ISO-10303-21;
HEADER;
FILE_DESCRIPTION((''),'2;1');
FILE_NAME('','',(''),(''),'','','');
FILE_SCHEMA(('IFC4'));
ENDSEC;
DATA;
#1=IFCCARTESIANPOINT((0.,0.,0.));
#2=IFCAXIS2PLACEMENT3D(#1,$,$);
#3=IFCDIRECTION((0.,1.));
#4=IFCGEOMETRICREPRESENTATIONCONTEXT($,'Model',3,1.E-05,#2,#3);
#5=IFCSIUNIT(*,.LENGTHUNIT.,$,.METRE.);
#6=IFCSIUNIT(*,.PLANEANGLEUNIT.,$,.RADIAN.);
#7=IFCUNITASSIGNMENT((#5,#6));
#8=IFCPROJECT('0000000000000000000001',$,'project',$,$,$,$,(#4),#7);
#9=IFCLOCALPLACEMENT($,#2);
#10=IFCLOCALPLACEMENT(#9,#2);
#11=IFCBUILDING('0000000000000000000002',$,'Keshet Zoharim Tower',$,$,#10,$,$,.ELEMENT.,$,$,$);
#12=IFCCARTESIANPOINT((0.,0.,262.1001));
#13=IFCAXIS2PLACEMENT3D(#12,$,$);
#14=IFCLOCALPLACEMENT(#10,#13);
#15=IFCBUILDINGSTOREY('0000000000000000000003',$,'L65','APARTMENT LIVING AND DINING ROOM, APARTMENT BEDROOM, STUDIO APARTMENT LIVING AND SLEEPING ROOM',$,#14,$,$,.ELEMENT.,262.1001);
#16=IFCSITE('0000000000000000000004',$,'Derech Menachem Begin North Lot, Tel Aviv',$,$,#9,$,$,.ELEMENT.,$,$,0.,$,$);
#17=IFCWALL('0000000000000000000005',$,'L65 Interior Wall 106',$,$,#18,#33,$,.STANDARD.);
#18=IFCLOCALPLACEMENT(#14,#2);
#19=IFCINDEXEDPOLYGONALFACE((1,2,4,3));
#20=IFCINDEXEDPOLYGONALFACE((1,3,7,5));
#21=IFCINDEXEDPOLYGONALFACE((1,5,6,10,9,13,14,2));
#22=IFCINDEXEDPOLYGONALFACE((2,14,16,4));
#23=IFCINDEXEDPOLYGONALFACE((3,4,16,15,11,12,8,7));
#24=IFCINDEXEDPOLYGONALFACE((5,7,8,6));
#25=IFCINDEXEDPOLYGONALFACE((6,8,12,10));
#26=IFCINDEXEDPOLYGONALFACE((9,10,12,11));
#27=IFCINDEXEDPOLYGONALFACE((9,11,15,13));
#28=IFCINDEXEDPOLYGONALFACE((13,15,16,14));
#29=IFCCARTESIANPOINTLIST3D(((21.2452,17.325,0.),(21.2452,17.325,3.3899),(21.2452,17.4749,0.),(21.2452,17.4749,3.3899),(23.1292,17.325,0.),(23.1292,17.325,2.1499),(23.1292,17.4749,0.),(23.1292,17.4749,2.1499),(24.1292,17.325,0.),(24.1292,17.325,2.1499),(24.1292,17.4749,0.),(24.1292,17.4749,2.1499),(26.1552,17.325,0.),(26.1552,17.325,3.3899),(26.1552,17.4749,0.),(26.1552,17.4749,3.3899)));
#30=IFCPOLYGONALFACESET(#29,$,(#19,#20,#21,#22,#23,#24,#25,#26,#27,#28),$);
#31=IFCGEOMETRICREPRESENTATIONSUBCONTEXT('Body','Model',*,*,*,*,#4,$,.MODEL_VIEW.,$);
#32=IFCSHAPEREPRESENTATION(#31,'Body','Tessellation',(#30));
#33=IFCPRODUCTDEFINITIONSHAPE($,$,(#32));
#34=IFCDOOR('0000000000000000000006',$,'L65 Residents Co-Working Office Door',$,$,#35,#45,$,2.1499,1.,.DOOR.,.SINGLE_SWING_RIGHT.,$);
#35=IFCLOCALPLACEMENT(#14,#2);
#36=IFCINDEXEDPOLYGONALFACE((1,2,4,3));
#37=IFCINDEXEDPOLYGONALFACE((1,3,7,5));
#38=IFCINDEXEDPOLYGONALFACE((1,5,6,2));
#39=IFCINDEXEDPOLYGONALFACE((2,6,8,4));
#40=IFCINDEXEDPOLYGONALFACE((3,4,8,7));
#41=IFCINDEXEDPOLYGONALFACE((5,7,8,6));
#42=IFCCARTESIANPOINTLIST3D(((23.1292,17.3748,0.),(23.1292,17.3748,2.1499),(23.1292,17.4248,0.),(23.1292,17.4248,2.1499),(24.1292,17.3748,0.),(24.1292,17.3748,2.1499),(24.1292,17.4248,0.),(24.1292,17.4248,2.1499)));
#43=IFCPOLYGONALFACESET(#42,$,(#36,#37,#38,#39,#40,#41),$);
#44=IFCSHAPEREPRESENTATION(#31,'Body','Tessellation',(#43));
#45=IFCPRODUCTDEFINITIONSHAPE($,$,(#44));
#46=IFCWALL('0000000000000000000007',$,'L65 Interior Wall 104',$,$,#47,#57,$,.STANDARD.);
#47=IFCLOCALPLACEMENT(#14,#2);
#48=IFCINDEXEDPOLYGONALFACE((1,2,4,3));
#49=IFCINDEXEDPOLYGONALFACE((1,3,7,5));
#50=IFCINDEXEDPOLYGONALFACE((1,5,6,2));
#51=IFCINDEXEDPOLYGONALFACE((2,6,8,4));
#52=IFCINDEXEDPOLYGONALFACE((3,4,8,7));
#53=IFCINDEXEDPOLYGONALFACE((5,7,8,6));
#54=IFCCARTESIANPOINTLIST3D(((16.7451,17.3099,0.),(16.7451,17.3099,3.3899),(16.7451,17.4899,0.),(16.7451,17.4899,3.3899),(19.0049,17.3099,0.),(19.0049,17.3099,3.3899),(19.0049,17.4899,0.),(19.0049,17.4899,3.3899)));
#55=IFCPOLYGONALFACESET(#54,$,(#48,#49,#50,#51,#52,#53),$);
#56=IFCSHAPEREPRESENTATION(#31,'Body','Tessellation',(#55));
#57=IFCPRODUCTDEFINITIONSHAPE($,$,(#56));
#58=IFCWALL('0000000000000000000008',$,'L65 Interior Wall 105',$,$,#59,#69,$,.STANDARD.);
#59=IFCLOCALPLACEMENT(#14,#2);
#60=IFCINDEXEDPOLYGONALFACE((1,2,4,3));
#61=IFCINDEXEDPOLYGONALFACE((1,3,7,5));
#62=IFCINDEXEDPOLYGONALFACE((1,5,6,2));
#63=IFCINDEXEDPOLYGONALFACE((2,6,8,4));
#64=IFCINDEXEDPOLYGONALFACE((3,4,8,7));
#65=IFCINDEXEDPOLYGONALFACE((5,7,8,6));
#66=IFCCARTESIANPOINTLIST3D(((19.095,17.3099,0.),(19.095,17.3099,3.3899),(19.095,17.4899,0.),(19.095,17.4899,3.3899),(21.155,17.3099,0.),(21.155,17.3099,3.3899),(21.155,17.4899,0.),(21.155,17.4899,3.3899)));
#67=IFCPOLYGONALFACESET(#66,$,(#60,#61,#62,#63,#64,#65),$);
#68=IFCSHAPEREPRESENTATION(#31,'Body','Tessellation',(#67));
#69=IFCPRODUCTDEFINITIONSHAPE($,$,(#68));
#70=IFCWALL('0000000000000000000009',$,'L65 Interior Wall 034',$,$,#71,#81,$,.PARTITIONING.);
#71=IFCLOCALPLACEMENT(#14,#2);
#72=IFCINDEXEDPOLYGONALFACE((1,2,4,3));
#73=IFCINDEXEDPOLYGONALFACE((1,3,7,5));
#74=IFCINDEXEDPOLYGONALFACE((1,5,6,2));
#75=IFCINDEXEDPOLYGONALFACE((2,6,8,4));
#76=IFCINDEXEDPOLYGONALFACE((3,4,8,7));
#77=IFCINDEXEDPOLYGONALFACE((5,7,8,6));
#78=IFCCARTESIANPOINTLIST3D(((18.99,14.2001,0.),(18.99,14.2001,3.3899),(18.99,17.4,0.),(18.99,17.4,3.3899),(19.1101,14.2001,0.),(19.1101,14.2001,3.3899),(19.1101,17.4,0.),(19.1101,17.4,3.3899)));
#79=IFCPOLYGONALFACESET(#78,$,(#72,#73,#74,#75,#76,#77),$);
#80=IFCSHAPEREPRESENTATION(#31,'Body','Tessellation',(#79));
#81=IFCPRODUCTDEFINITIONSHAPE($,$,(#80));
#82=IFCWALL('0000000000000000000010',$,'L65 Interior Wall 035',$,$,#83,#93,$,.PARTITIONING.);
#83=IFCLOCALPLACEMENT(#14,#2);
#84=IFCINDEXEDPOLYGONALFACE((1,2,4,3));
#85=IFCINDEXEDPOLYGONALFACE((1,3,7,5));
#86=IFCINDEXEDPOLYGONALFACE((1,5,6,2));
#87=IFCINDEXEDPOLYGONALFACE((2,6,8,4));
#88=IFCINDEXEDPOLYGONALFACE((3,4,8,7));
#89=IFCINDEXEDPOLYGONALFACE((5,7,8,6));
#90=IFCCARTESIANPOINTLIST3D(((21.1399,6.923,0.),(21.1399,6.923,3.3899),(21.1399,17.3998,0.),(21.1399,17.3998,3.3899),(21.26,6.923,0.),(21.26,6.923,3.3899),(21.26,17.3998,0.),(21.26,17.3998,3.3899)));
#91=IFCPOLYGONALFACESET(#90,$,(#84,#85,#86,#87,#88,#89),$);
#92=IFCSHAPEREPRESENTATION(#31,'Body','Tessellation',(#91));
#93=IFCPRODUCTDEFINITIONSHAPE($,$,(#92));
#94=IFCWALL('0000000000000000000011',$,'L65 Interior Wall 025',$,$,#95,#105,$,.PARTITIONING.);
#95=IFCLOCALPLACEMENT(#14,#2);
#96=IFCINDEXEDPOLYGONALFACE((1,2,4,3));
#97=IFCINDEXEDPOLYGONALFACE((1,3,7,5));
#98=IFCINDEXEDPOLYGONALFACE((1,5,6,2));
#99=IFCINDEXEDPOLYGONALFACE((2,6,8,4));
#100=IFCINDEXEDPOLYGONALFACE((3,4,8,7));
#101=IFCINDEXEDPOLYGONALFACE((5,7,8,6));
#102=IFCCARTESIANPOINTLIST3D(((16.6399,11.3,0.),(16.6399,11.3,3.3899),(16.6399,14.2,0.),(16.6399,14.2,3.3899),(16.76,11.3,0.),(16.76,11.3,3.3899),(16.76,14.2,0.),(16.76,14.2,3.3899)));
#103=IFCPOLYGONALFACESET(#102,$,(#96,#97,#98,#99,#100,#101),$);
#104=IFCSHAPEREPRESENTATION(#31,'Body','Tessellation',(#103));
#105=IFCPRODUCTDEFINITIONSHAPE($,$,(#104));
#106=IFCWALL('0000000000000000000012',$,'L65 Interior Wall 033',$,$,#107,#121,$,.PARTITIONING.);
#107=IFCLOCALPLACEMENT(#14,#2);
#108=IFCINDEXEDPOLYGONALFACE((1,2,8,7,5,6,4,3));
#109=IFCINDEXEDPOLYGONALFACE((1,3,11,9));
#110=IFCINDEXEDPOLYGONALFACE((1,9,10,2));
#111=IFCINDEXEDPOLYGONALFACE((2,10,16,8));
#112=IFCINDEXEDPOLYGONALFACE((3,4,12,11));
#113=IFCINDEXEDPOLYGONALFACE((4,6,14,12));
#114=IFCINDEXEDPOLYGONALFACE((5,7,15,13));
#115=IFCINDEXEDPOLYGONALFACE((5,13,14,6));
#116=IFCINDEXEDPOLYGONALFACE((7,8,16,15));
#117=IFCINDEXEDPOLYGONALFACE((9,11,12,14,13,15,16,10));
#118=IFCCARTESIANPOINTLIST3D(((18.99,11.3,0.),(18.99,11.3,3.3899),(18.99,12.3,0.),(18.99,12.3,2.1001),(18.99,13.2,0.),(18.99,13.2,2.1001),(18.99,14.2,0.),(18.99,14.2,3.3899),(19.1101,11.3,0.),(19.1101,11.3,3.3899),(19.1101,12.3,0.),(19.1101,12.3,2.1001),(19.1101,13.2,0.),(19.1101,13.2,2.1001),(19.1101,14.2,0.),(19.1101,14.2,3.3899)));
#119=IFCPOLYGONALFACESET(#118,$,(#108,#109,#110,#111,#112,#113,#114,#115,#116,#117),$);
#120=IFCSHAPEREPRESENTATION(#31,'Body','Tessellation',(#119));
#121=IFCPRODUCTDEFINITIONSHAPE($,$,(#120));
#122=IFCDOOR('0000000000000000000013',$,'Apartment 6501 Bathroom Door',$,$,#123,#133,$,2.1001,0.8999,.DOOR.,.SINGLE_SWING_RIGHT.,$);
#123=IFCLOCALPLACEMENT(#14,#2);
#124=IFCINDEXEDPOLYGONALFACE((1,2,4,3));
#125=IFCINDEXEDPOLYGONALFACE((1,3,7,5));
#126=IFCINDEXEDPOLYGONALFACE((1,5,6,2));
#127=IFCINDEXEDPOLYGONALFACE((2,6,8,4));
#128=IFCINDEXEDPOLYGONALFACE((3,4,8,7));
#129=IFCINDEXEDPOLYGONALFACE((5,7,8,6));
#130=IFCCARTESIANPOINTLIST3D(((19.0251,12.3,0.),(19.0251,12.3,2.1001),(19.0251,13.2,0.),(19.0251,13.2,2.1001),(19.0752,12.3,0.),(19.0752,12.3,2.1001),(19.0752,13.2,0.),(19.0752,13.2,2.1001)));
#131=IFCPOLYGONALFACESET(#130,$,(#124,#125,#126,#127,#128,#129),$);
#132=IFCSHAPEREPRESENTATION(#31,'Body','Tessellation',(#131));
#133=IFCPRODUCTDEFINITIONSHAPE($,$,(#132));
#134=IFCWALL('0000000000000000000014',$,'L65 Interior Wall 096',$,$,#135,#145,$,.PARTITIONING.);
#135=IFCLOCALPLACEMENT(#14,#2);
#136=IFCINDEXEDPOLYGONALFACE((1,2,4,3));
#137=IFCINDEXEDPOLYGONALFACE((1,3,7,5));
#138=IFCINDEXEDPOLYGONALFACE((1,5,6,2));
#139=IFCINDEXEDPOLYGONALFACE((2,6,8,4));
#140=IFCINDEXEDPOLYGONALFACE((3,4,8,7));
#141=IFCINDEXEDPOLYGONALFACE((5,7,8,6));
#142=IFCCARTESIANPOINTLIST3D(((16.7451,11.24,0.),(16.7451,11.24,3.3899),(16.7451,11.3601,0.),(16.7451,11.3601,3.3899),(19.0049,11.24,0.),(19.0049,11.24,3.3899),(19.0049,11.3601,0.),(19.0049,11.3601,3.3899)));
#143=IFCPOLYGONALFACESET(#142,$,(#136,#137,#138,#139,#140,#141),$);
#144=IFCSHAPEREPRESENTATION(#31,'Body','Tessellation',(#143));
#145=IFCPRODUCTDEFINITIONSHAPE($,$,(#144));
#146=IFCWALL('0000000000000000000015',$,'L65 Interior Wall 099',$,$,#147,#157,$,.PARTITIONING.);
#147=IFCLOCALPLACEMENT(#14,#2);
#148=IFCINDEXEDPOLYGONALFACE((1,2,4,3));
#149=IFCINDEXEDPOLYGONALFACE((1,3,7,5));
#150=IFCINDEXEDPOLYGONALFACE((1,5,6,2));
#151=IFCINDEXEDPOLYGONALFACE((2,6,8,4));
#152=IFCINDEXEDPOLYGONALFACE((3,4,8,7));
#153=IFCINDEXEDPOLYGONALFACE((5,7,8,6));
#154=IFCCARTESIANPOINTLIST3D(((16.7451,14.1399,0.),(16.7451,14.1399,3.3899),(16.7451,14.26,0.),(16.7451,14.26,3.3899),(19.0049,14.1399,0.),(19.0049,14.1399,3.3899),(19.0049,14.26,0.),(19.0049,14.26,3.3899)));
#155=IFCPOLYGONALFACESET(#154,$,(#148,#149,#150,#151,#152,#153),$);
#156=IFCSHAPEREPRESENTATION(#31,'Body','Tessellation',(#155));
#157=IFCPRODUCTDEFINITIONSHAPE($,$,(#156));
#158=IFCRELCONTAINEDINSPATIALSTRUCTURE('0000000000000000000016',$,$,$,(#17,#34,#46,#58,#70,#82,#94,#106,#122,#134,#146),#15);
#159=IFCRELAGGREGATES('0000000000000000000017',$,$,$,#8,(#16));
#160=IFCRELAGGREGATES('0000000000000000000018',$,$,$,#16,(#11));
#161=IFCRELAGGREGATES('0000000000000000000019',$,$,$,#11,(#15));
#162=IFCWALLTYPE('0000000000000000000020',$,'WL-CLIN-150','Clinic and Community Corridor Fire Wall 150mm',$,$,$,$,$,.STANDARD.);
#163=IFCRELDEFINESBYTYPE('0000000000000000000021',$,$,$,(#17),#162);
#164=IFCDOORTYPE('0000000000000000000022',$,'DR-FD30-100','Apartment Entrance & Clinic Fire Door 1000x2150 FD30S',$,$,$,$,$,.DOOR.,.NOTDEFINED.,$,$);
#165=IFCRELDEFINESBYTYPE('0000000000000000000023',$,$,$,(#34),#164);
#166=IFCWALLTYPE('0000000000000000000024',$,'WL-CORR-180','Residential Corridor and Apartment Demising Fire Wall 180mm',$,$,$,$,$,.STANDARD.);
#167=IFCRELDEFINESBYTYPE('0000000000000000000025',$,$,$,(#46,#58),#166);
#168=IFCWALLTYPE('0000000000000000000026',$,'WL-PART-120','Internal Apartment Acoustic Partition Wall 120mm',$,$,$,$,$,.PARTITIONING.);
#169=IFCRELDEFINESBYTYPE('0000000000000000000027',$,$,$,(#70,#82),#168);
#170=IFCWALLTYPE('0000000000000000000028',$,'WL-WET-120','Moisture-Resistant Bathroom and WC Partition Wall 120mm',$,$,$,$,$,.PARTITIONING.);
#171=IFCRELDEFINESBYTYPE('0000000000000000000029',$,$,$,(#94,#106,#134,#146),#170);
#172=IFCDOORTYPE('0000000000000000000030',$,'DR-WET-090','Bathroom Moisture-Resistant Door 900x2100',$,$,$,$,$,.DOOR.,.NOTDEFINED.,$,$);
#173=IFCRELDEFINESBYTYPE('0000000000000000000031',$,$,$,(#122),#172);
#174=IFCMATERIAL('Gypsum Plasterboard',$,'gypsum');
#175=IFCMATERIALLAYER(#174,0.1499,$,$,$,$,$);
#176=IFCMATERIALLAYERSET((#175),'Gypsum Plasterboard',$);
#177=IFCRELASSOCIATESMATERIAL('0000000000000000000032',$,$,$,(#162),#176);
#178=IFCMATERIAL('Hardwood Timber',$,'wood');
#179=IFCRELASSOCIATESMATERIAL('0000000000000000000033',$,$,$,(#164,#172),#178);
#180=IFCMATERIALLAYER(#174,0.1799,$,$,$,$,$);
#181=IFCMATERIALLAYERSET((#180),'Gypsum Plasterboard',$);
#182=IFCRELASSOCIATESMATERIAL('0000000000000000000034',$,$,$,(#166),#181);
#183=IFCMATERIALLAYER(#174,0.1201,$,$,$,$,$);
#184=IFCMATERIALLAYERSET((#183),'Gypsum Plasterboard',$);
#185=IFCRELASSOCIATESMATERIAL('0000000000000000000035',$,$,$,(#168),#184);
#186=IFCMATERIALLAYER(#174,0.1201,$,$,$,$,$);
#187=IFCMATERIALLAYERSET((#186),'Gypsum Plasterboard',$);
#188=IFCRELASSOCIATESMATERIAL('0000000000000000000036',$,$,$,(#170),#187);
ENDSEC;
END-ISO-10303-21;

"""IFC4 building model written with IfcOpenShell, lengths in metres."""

from ifc_helpers import new_model, si_unit, direction, frame, frame_2d, origin, place, context, subcontext, project, spatial, rectangle, extrude, material, layer, layer_set, type_object, element, fill, save


model = new_model("IFC4")

# Units and contexts
model_context = context("Model", 3, precision=1e-05, world=origin(), true_north=direction((0.0, 1.0)))
body_context = subcontext(model_context, "Body", "Model", "MODEL_VIEW")
ifc_project = project(units=[si_unit("LENGTHUNIT", "METRE"), si_unit("PLANEANGLEUNIT", "RADIAN")], contexts=[model_context])

# Site, building, storey
site_placement = place(None, origin())
site = spatial("IfcSite", under=ifc_project, at=site_placement, Name="Derech Menachem Begin North Lot, Tel Aviv", CompositionType="ELEMENT", RefElevation=0.0)
building_placement = place(site_placement, origin())
building = spatial("IfcBuilding", under=site, at=building_placement, Name="Keshet Zoharim Tower", CompositionType="ELEMENT")
storey_placement = place(building_placement, frame((0.0, 0.0, 262.1001)))
storey = spatial("IfcBuildingStorey", under=building, at=storey_placement, Name="L65", Description="APARTMENT LIVING AND DINING ROOM, APARTMENT BEDROOM, STUDIO APARTMENT LIVING AND SLEEPING ROOM", CompositionType="ELEMENT", Elevation=262.1001)

# Wall, opening, door
ifc_material_1 = material(Name="Gypsum Plasterboard", Category="gypsum")
ifc_layer_1 = layer(ifc_material_1, 0.1499)
ifc_layer_set_1 = layer_set([ifc_layer_1], Name="Gypsum Plasterboard")
wall_type_1 = type_object("IfcWallType", Name="WL-CLIN-150", Description="Clinic and Community Corridor Fire Wall 150mm", PredefinedType="STANDARD", material=ifc_layer_set_1)
wall_1_placement = place(storey_placement, frame((21.2451, 17.3999, 0.0), z_axis=(0.0, 0.0, 1.0), x_axis=(1.0, 0.0, 0.0)))
wall_1 = element("IfcWall", 1, at=wall_1_placement, inside=storey, type_object=wall_type_1, Name="L65 Interior Wall 106", PredefinedType="STANDARD", context=body_context, shape_type="SweptSolid", body=[
    extrude(rectangle(XDim=4.9099, YDim=0.1499, at=frame_2d((2.4551, 0.0))), origin(), (0.0, 0.0, 1.0), 3.3899),
])
opening_1_placement = place(wall_1_placement, frame((1.884, 0.0, 0.0)))
opening_1 = element("IfcOpeningElement", 2, at=opening_1_placement, cuts=wall_1, PredefinedType="OPENING", context=body_context, shape_type="SweptSolid", body=[
    extrude(rectangle(XDim=1.0, YDim=2.1499, at=frame_2d((0.5, 1.075))), frame((0.0, 0.085, 0.0), z_axis=(0.0, -1.0, 0.0), x_axis=(1.0, 0.0, 0.0)), (0.0, 0.0, 1.0), 0.1699),
])
ifc_material_2 = material(Name="Hardwood Timber", Category="wood")
door_type_1 = type_object("IfcDoorType", Name="DR-FD30-100", Description="Apartment Entrance & Clinic Fire Door 1000x2150 FD30S", OperationType="NOTDEFINED", PredefinedType="DOOR", material=ifc_material_2)
door_1_placement = place(opening_1_placement, origin())
door_1 = element("IfcDoor", 3, at=door_1_placement, inside=storey, type_object=door_type_1, Name="L65 Residents Co-Working Office Door", OperationType="SINGLE_SWING_RIGHT", OverallHeight=2.1499, OverallWidth=1.0, PredefinedType="DOOR", context=body_context, shape_type="SweptSolid", body=[
    extrude(rectangle(XDim=1.0, YDim=2.1499, at=frame_2d((0.5, 1.075))), frame((0.0, 0.0249, 0.0), z_axis=(0.0, -1.0, 0.0), x_axis=(1.0, 0.0, 0.0)), (0.0, 0.0, 1.0), 0.05),
])
fill(opening_1, door_1)

# Walls
ifc_layer_2 = layer(ifc_material_1, 0.1799)
ifc_layer_set_2 = layer_set([ifc_layer_2], Name="Gypsum Plasterboard")
wall_type_2 = type_object("IfcWallType", Name="WL-CORR-180", Description="Residential Corridor and Apartment Demising Fire Wall 180mm", PredefinedType="STANDARD", material=ifc_layer_set_2)
wall_2_placement = place(storey_placement, frame((16.7451, 17.3999, 0.0), z_axis=(0.0, 0.0, 1.0), x_axis=(1.0, 0.0, 0.0)))
element("IfcWall", 4, at=wall_2_placement, inside=storey, type_object=wall_type_2, Name="L65 Interior Wall 104", PredefinedType="STANDARD", context=body_context, shape_type="SweptSolid", body=[
    extrude(rectangle(XDim=2.2598, YDim=0.1799, at=frame_2d((1.1299, 0.0))), origin(), (0.0, 0.0, 1.0), 3.3899),
])
wall_3_placement = place(storey_placement, frame((19.095, 17.3999, 0.0), z_axis=(0.0, 0.0, 1.0), x_axis=(1.0, 0.0, 0.0)))
element("IfcWall", 5, at=wall_3_placement, inside=storey, type_object=wall_type_2, Name="L65 Interior Wall 105", PredefinedType="STANDARD", context=body_context, shape_type="SweptSolid", body=[
    extrude(rectangle(XDim=2.0601, YDim=0.1799, at=frame_2d((1.03, 0.0))), origin(), (0.0, 0.0, 1.0), 3.3899),
])

# Shared definitions
ifc_layer_3 = layer(ifc_material_1, 0.1201)
ifc_layer_set_3 = layer_set([ifc_layer_3], Name="Gypsum Plasterboard")
wall_type_3 = type_object("IfcWallType", Name="WL-PART-120", Description="Internal Apartment Acoustic Partition Wall 120mm", PredefinedType="PARTITIONING", material=ifc_layer_set_3)

# Walls
wall_4_placement = place(storey_placement, frame((19.05, 14.2, 0.0), z_axis=(0.0, 0.0, 1.0), x_axis=(0.0, 1.0, 0.0)))
element("IfcWall", 6, at=wall_4_placement, inside=storey, type_object=wall_type_3, Name="L65 Interior Wall 034", PredefinedType="PARTITIONING", context=body_context, shape_type="SweptSolid", body=[
    extrude(rectangle(XDim=3.2, YDim=0.1201, at=frame_2d((1.6001, 0.0))), origin(), (0.0, 0.0, 1.0), 3.3899),
])
wall_5_placement = place(storey_placement, frame((21.2, 6.9231, 0.0), z_axis=(0.0, 0.0, 1.0), x_axis=(0.0, 1.0, 0.0)))
element("IfcWall", 7, at=wall_5_placement, inside=storey, type_object=wall_type_3, Name="L65 Interior Wall 035", PredefinedType="PARTITIONING", context=body_context, shape_type="SweptSolid", body=[
    extrude(rectangle(XDim=10.4768, YDim=0.1201, at=frame_2d((5.2383, 0.0))), origin(), (0.0, 0.0, 1.0), 3.3899),
])
ifc_layer_4 = layer(ifc_material_1, 0.1201)
ifc_layer_set_4 = layer_set([ifc_layer_4], Name="Gypsum Plasterboard")
wall_type_4 = type_object("IfcWallType", Name="WL-WET-120", Description="Moisture-Resistant Bathroom and WC Partition Wall 120mm", PredefinedType="PARTITIONING", material=ifc_layer_set_4)
wall_6_placement = place(storey_placement, frame((16.7, 11.3, 0.0), z_axis=(0.0, 0.0, 1.0), x_axis=(0.0, 1.0, 0.0)))
element("IfcWall", 8, at=wall_6_placement, inside=storey, type_object=wall_type_4, Name="L65 Interior Wall 025", PredefinedType="PARTITIONING", context=body_context, shape_type="SweptSolid", body=[
    extrude(rectangle(XDim=2.8999, YDim=0.1201, at=frame_2d((1.45, 0.0))), origin(), (0.0, 0.0, 1.0), 3.3899),
])

# Wall, opening, door
wall_7_placement = place(storey_placement, frame((19.05, 11.3, 0.0), z_axis=(0.0, 0.0, 1.0), x_axis=(0.0, 1.0, 0.0)))
wall_7 = element("IfcWall", 9, at=wall_7_placement, inside=storey, type_object=wall_type_4, Name="L65 Interior Wall 033", PredefinedType="PARTITIONING", context=body_context, shape_type="SweptSolid", body=[
    extrude(rectangle(XDim=2.8999, YDim=0.1201, at=frame_2d((1.45, 0.0))), origin(), (0.0, 0.0, 1.0), 3.3899),
])
opening_2_placement = place(wall_7_placement, frame((1.0, 0.0, 0.0)))
opening_2 = element("IfcOpeningElement", 10, at=opening_2_placement, cuts=wall_7, PredefinedType="OPENING", context=body_context, shape_type="SweptSolid", body=[
    extrude(rectangle(XDim=0.8999, YDim=2.1001, at=frame_2d((0.45, 1.05))), frame((0.0, 0.0701, 0.0), z_axis=(0.0, -1.0, 0.0), x_axis=(1.0, 0.0, 0.0)), (0.0, 0.0, 1.0), 0.1401),
])
door_type_2 = type_object("IfcDoorType", Name="DR-WET-090", Description="Bathroom Moisture-Resistant Door 900x2100", OperationType="NOTDEFINED", PredefinedType="DOOR", material=ifc_material_2)
door_2_placement = place(opening_2_placement, origin())
door_2 = element("IfcDoor", 11, at=door_2_placement, inside=storey, type_object=door_type_2, Name="Apartment 6501 Bathroom Door", OperationType="SINGLE_SWING_RIGHT", OverallHeight=2.1001, OverallWidth=0.8999, PredefinedType="DOOR", context=body_context, shape_type="SweptSolid", body=[
    extrude(rectangle(XDim=0.8999, YDim=2.1001, at=frame_2d((0.45, 1.05))), frame((0.0, 0.0249, 0.0), z_axis=(0.0, -1.0, 0.0), x_axis=(1.0, 0.0, 0.0)), (0.0, 0.0, 1.0), 0.05),
])
fill(opening_2, door_2)

# Walls
for number, where, z_axis, x_axis, name in (
    (12, (16.7451, 11.3, 0.0), (0.0, 0.0, 1.0), (1.0, 0.0, 0.0), "L65 Interior Wall 096"),
    (13, (16.7451, 14.2, 0.0), (0.0, 0.0, 1.0), (1.0, 0.0, 0.0), "L65 Interior Wall 099"),
):
    element("IfcWall", number, at=place(storey_placement, frame(where, z_axis=z_axis, x_axis=x_axis)), inside=storey, type_object=wall_type_4, Name=name, PredefinedType="PARTITIONING", context=body_context, shape_type="SweptSolid", body=[
        extrude(rectangle(XDim=2.2598, YDim=0.1201, at=frame_2d((1.1299, 0.0))), origin(), (0.0, 0.0, 1.0), 3.3899),
    ])

save(model, "model.ifc")
